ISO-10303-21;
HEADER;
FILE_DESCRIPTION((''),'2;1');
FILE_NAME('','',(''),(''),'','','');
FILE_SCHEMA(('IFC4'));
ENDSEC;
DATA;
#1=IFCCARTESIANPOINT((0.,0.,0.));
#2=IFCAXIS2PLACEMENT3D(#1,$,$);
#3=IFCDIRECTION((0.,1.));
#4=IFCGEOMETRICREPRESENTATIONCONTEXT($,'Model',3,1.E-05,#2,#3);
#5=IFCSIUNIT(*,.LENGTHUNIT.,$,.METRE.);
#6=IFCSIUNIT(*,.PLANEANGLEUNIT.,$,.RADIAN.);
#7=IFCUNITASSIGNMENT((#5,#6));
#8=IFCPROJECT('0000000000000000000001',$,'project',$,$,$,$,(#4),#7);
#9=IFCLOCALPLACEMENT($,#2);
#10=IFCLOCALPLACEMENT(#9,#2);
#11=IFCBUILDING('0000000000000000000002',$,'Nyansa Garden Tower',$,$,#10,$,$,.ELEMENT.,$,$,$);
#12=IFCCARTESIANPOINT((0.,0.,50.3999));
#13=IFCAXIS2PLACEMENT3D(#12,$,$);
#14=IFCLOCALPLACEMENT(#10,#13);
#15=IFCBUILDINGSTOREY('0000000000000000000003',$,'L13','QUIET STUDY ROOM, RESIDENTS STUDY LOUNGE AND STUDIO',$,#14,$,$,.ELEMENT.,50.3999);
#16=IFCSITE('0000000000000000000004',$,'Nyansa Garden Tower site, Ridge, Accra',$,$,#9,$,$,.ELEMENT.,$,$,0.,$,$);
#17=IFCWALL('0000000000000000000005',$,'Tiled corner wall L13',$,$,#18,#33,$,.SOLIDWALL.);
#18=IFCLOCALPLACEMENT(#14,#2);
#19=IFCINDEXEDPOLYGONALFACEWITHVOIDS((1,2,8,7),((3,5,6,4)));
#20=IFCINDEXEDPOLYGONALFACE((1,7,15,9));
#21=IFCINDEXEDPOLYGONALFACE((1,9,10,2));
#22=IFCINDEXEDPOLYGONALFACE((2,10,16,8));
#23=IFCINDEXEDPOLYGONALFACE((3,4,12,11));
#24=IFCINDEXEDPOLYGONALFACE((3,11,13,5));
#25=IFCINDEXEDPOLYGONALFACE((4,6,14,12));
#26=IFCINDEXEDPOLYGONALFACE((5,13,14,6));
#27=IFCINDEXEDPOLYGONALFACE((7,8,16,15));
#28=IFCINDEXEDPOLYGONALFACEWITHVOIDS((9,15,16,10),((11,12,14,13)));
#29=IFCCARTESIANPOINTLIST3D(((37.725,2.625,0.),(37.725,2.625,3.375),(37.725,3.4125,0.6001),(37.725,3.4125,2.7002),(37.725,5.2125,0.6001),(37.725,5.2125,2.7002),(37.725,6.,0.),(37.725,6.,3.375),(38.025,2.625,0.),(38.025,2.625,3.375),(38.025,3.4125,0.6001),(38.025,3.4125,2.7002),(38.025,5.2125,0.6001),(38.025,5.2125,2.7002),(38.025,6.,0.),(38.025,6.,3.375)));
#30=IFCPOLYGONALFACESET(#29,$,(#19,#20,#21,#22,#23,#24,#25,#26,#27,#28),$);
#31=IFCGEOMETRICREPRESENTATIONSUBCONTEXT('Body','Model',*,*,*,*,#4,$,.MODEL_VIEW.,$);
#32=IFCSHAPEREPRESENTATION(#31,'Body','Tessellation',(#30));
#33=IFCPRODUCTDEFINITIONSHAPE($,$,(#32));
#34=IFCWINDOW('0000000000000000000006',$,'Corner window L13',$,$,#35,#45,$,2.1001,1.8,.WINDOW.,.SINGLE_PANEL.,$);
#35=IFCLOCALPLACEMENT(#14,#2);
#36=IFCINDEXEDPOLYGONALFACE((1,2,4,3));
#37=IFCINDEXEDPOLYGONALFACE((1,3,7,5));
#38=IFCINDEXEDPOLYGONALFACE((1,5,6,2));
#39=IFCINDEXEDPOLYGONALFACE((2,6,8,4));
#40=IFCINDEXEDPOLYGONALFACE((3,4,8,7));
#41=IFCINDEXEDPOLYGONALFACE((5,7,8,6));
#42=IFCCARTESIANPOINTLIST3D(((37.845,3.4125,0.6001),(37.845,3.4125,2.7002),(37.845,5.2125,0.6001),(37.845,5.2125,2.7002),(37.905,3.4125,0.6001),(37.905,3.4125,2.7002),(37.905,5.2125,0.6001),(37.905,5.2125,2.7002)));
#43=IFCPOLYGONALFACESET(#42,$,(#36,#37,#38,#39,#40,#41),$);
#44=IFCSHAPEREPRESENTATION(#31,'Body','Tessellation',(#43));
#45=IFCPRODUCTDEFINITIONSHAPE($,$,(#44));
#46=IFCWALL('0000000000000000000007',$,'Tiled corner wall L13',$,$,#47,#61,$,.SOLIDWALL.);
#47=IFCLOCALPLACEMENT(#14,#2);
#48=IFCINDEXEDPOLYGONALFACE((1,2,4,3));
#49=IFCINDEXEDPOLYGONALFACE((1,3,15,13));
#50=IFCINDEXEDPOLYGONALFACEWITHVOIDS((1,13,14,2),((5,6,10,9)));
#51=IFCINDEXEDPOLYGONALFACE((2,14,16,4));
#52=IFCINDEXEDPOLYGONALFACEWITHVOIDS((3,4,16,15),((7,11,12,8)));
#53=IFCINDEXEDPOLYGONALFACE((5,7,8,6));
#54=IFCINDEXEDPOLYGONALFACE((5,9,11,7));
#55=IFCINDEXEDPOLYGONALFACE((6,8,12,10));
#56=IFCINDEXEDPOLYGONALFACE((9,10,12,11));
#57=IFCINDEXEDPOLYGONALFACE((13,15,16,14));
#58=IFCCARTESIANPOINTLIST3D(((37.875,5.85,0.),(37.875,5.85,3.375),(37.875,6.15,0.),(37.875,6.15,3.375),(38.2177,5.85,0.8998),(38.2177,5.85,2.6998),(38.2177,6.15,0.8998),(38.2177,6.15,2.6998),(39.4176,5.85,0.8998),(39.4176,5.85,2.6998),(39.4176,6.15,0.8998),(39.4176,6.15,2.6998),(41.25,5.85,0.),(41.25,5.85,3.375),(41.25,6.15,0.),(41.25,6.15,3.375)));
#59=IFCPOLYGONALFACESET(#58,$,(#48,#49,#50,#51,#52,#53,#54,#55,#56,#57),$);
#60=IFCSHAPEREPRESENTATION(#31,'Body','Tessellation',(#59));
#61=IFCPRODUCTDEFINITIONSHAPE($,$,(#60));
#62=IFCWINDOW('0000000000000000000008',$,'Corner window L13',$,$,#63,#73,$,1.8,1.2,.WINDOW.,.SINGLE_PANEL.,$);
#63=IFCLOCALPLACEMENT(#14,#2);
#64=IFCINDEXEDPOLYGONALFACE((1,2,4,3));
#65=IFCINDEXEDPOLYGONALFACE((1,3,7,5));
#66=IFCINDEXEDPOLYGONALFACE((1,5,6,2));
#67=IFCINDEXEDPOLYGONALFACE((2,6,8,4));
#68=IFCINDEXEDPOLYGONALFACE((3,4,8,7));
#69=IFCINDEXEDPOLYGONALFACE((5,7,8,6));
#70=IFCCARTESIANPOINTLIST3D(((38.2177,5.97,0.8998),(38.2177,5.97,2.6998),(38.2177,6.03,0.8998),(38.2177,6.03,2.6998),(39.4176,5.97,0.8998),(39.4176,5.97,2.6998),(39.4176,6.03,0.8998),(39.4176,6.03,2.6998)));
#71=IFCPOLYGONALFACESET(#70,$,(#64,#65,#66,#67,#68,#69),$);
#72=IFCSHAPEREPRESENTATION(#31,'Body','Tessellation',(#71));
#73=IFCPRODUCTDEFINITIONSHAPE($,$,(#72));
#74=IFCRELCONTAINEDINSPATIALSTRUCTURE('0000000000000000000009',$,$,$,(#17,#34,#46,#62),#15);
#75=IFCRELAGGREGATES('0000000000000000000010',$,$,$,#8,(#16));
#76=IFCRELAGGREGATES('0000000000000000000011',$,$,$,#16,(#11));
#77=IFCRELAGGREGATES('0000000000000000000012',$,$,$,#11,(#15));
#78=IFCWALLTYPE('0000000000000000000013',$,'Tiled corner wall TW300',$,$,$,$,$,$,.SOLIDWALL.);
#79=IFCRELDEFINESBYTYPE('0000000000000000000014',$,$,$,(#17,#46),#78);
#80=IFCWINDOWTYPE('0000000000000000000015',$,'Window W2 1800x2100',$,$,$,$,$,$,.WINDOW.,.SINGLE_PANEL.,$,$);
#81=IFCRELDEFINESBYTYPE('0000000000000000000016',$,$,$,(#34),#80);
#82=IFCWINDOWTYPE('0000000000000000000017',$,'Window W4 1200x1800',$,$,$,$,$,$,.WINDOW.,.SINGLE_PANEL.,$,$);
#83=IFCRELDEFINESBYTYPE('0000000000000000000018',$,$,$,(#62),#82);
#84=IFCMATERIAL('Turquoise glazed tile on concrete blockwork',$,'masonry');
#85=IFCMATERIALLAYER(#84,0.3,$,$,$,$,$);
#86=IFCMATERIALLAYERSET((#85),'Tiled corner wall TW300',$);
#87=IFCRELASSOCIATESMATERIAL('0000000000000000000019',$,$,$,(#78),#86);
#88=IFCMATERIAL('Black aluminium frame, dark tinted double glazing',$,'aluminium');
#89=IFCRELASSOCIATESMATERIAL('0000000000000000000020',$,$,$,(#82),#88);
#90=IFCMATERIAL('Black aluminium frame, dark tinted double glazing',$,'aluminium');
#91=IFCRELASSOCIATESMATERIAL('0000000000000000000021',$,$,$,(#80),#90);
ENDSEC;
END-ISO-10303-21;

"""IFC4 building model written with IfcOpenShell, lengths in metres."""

from ifc_helpers import new_model, si_unit, direction, frame, frame_2d, origin, place, context, subcontext, project, spatial, rectangle, extrude, material, layer, layer_set, type_object, element, fill, save


model = new_model("IFC4")

# Units and contexts
model_context = context("Model", 3, precision=1e-05, world=origin(), true_north=direction((0.0, 1.0)))
body_context = subcontext(model_context, "Body", "Model", "MODEL_VIEW")
ifc_project = project(units=[si_unit("LENGTHUNIT", "METRE"), si_unit("PLANEANGLEUNIT", "RADIAN")], contexts=[model_context])

# Site, building, storey
site_placement = place(None, origin())
site = spatial("IfcSite", under=ifc_project, at=site_placement, Name="Nyansa Garden Tower site, Ridge, Accra", CompositionType="ELEMENT", RefElevation=0.0)
building_placement = place(site_placement, origin())
building = spatial("IfcBuilding", under=site, at=building_placement, Name="Nyansa Garden Tower", CompositionType="ELEMENT")
storey_placement = place(building_placement, frame((0.0, 0.0, 50.3999)))
storey = spatial("IfcBuildingStorey", under=building, at=storey_placement, Name="L13", Description="QUIET STUDY ROOM, RESIDENTS STUDY LOUNGE AND STUDIO", CompositionType="ELEMENT", Elevation=50.3999)

# Walls, openings, windows
ifc_material_1 = material(Name="Turquoise glazed tile on concrete blockwork", Category="masonry")
ifc_layer_1 = layer(ifc_material_1, 0.3)
ifc_layer_set_1 = layer_set([ifc_layer_1], Name="Tiled corner wall TW300")
wall_type = type_object("IfcWallType", Name="Tiled corner wall TW300", PredefinedType="SOLIDWALL", material=ifc_layer_set_1)
ifc_material_2 = material(Name="Black aluminium frame, dark tinted double glazing", Category="aluminium")
window_type_1 = type_object("IfcWindowType", Name="Window W4 1200x1800", PartitioningType="SINGLE_PANEL", PredefinedType="WINDOW", material=ifc_material_2)
ifc_material_3 = material(Name="Black aluminium frame, dark tinted double glazing", Category="aluminium")
window_type_2 = type_object("IfcWindowType", Name="Window W2 1800x2100", PartitioningType="SINGLE_PANEL", PredefinedType="WINDOW", material=ifc_material_3)
wall_1_placement = place(storey_placement, frame((37.875, 2.625, 0.0), z_axis=(0.0, 0.0, 1.0), x_axis=(0.0, 1.0, 0.0)))
wall_1 = element("IfcWall", 1, at=wall_1_placement, inside=storey, type_object=wall_type, Name="Tiled corner wall L13", PredefinedType="SOLIDWALL", context=body_context, shape_type="SweptSolid", body=[
    extrude(rectangle(XDim=3.375, YDim=0.3, at=frame_2d((1.6875, 0.0))), origin(), (0.0, 0.0, 1.0), 3.375),
])
opening_1_placement = place(wall_1_placement, frame((0.7876, 0.0, 0.6001)))
opening_1 = element("IfcOpeningElement", 2, at=opening_1_placement, cuts=wall_1, PredefinedType="OPENING", context=body_context, shape_type="SweptSolid", body=[
    extrude(rectangle(XDim=1.8, YDim=2.1001, at=frame_2d((0.8999, 1.05))), frame((0.0, 0.1599, 0.0), z_axis=(0.0, -1.0, 0.0), x_axis=(1.0, 0.0, 0.0)), (0.0, 0.0, 1.0), 0.3201),
])
window_1_placement = place(opening_1_placement, origin())
window_1 = element("IfcWindow", 3, at=window_1_placement, inside=storey, type_object=window_type_2, Name="Corner window L13", OverallHeight=2.1001, OverallWidth=1.8, PartitioningType="SINGLE_PANEL", PredefinedType="WINDOW", context=body_context, shape_type="SweptSolid", body=[
    extrude(rectangle(XDim=1.8, YDim=2.1001, at=frame_2d((0.8999, 1.05))), frame((0.0, 0.03, 0.0), z_axis=(0.0, -1.0, 0.0), x_axis=(1.0, 0.0, 0.0)), (0.0, 0.0, 1.0), 0.0601),
])
fill(opening_1, window_1)
wall_2_placement = place(storey_placement, frame((37.875, 6.0, 0.0), z_axis=(0.0, 0.0, 1.0), x_axis=(1.0, 0.0, 0.0)))
wall_2 = element("IfcWall", 4, at=wall_2_placement, inside=storey, type_object=wall_type, Name="Tiled corner wall L13", PredefinedType="SOLIDWALL", context=body_context, shape_type="SweptSolid", body=[
    extrude(rectangle(XDim=3.375, YDim=0.3, at=frame_2d((1.6875, 0.0))), origin(), (0.0, 0.0, 1.0), 3.375),
])
opening_2_placement = place(wall_2_placement, frame((0.3425, 0.0, 0.8999)))
opening_2 = element("IfcOpeningElement", 5, at=opening_2_placement, cuts=wall_2, PredefinedType="OPENING", context=body_context, shape_type="SweptSolid", body=[
    extrude(rectangle(XDim=1.2, YDim=1.8, at=frame_2d((0.6001, 0.8999))), frame((0.0, 0.1599, 0.0), z_axis=(0.0, -1.0, 0.0), x_axis=(1.0, 0.0, 0.0)), (0.0, 0.0, 1.0), 0.3201),
])
window_2_placement = place(opening_2_placement, origin())
window_2 = element("IfcWindow", 6, at=window_2_placement, inside=storey, type_object=window_type_1, Name="Corner window L13", OverallHeight=1.8, OverallWidth=1.2, PartitioningType="SINGLE_PANEL", PredefinedType="WINDOW", context=body_context, shape_type="SweptSolid", body=[
    extrude(rectangle(XDim=1.2, YDim=1.8, at=frame_2d((0.6001, 0.8999))), frame((0.0, 0.03, 0.0), z_axis=(0.0, -1.0, 0.0), x_axis=(1.0, 0.0, 0.0)), (0.0, 0.0, 1.0), 0.0601),
])
fill(opening_2, window_2)

save(model, "model.ifc")
